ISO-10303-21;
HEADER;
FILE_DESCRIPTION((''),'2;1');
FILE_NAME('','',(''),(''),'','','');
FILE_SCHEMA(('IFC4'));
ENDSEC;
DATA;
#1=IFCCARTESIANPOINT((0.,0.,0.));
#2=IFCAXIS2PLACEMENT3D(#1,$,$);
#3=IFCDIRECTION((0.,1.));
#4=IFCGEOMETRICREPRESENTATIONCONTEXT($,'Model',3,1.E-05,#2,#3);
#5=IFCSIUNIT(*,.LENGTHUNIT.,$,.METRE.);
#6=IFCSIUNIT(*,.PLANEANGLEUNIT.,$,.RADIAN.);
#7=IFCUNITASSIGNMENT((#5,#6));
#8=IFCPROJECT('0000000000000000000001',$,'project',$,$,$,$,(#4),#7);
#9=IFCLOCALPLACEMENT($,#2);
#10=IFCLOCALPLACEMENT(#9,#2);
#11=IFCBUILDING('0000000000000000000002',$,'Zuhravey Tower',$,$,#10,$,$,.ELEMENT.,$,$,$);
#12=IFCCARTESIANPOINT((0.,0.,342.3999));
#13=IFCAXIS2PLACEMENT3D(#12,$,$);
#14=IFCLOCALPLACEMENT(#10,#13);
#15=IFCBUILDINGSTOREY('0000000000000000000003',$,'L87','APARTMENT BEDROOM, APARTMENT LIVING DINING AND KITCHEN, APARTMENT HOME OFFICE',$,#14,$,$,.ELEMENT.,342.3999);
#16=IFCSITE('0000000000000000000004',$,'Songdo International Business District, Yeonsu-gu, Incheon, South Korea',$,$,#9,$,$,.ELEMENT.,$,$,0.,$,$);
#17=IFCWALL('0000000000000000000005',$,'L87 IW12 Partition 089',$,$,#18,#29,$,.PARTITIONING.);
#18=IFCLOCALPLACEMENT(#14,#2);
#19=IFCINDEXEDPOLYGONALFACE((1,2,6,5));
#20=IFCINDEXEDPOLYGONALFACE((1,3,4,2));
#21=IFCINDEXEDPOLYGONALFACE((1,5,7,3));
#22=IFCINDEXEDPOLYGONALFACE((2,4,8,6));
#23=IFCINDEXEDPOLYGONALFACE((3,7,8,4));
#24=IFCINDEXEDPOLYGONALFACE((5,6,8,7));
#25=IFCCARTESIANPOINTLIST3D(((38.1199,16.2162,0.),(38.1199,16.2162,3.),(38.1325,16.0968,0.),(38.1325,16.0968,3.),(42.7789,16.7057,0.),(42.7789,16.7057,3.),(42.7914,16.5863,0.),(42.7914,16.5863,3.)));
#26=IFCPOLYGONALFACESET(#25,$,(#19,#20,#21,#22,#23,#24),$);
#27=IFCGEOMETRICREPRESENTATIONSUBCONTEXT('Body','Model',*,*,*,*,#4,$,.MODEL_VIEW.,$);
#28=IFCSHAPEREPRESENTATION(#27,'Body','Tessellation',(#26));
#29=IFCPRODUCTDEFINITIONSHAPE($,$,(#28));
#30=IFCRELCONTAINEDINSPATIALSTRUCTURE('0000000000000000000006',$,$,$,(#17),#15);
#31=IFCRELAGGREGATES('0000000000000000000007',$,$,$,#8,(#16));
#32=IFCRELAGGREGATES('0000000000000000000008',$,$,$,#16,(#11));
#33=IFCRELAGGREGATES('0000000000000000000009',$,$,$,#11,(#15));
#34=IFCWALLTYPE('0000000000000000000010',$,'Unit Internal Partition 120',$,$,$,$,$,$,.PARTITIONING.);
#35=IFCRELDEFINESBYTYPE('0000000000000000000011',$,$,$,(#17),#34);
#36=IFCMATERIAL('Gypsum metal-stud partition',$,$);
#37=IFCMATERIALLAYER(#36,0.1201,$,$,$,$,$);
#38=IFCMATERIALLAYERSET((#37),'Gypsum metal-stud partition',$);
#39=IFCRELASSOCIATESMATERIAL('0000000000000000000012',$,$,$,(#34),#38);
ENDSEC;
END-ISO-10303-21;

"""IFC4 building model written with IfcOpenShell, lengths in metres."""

from ifc_helpers import new_model, si_unit, direction, frame, frame_2d, origin, place, context, subcontext, project, spatial, rectangle, extrude, material, layer, layer_set, type_object, element, save


model = new_model("IFC4")

# Units and contexts
model_context = context("Model", 3, precision=1e-05, world=origin(), true_north=direction((0.0, 1.0)))
body_context = subcontext(model_context, "Body", "Model", "MODEL_VIEW")
ifc_project = project(units=[si_unit("LENGTHUNIT", "METRE"), si_unit("PLANEANGLEUNIT", "RADIAN")], contexts=[model_context])

# Site, building, storey
site_placement = place(None, origin())
site = spatial("IfcSite", under=ifc_project, at=site_placement, Name="Songdo International Business District, Yeonsu-gu, Incheon, South Korea", CompositionType="ELEMENT", RefElevation=0.0)
building_placement = place(site_placement, origin())
building = spatial("IfcBuilding", under=site, at=building_placement, Name="Zuhravey Tower", CompositionType="ELEMENT")
storey_placement = place(building_placement, frame((0.0, 0.0, 342.3999)))
storey = spatial("IfcBuildingStorey", under=building, at=storey_placement, Name="L87", Description="APARTMENT BEDROOM, APARTMENT LIVING DINING AND KITCHEN, APARTMENT HOME OFFICE", CompositionType="ELEMENT", Elevation=342.3999)

# Shared definitions
ifc_material_1 = material(Name="Gypsum metal-stud partition")
ifc_layer_1 = layer(ifc_material_1, 0.1201)
ifc_layer_set_1 = layer_set([ifc_layer_1], Name="Gypsum metal-stud partition")
wall_type_1 = type_object("IfcWallType", Name="Unit Internal Partition 120", PredefinedType="PARTITIONING", material=ifc_layer_set_1)

# Wall
wall_1_placement = place(storey_placement, frame((38.1262, 16.1565, 0.0), z_axis=(0.0, 0.0, 1.0), x_axis=(0.994526, 0.104492, 0.0)))
element("IfcWall", 1, at=wall_1_placement, inside=storey, type_object=wall_type_1, Name="L87 IW12 Partition 089", PredefinedType="PARTITIONING", context=body_context, shape_type="SweptSolid", body=[
    extrude(rectangle(XDim=4.6846, YDim=0.1201, at=frame_2d((2.3423, 0.0))), origin(), (0.0, 0.0, 1.0), 3.0),
])

save(model, "model.ifc")
